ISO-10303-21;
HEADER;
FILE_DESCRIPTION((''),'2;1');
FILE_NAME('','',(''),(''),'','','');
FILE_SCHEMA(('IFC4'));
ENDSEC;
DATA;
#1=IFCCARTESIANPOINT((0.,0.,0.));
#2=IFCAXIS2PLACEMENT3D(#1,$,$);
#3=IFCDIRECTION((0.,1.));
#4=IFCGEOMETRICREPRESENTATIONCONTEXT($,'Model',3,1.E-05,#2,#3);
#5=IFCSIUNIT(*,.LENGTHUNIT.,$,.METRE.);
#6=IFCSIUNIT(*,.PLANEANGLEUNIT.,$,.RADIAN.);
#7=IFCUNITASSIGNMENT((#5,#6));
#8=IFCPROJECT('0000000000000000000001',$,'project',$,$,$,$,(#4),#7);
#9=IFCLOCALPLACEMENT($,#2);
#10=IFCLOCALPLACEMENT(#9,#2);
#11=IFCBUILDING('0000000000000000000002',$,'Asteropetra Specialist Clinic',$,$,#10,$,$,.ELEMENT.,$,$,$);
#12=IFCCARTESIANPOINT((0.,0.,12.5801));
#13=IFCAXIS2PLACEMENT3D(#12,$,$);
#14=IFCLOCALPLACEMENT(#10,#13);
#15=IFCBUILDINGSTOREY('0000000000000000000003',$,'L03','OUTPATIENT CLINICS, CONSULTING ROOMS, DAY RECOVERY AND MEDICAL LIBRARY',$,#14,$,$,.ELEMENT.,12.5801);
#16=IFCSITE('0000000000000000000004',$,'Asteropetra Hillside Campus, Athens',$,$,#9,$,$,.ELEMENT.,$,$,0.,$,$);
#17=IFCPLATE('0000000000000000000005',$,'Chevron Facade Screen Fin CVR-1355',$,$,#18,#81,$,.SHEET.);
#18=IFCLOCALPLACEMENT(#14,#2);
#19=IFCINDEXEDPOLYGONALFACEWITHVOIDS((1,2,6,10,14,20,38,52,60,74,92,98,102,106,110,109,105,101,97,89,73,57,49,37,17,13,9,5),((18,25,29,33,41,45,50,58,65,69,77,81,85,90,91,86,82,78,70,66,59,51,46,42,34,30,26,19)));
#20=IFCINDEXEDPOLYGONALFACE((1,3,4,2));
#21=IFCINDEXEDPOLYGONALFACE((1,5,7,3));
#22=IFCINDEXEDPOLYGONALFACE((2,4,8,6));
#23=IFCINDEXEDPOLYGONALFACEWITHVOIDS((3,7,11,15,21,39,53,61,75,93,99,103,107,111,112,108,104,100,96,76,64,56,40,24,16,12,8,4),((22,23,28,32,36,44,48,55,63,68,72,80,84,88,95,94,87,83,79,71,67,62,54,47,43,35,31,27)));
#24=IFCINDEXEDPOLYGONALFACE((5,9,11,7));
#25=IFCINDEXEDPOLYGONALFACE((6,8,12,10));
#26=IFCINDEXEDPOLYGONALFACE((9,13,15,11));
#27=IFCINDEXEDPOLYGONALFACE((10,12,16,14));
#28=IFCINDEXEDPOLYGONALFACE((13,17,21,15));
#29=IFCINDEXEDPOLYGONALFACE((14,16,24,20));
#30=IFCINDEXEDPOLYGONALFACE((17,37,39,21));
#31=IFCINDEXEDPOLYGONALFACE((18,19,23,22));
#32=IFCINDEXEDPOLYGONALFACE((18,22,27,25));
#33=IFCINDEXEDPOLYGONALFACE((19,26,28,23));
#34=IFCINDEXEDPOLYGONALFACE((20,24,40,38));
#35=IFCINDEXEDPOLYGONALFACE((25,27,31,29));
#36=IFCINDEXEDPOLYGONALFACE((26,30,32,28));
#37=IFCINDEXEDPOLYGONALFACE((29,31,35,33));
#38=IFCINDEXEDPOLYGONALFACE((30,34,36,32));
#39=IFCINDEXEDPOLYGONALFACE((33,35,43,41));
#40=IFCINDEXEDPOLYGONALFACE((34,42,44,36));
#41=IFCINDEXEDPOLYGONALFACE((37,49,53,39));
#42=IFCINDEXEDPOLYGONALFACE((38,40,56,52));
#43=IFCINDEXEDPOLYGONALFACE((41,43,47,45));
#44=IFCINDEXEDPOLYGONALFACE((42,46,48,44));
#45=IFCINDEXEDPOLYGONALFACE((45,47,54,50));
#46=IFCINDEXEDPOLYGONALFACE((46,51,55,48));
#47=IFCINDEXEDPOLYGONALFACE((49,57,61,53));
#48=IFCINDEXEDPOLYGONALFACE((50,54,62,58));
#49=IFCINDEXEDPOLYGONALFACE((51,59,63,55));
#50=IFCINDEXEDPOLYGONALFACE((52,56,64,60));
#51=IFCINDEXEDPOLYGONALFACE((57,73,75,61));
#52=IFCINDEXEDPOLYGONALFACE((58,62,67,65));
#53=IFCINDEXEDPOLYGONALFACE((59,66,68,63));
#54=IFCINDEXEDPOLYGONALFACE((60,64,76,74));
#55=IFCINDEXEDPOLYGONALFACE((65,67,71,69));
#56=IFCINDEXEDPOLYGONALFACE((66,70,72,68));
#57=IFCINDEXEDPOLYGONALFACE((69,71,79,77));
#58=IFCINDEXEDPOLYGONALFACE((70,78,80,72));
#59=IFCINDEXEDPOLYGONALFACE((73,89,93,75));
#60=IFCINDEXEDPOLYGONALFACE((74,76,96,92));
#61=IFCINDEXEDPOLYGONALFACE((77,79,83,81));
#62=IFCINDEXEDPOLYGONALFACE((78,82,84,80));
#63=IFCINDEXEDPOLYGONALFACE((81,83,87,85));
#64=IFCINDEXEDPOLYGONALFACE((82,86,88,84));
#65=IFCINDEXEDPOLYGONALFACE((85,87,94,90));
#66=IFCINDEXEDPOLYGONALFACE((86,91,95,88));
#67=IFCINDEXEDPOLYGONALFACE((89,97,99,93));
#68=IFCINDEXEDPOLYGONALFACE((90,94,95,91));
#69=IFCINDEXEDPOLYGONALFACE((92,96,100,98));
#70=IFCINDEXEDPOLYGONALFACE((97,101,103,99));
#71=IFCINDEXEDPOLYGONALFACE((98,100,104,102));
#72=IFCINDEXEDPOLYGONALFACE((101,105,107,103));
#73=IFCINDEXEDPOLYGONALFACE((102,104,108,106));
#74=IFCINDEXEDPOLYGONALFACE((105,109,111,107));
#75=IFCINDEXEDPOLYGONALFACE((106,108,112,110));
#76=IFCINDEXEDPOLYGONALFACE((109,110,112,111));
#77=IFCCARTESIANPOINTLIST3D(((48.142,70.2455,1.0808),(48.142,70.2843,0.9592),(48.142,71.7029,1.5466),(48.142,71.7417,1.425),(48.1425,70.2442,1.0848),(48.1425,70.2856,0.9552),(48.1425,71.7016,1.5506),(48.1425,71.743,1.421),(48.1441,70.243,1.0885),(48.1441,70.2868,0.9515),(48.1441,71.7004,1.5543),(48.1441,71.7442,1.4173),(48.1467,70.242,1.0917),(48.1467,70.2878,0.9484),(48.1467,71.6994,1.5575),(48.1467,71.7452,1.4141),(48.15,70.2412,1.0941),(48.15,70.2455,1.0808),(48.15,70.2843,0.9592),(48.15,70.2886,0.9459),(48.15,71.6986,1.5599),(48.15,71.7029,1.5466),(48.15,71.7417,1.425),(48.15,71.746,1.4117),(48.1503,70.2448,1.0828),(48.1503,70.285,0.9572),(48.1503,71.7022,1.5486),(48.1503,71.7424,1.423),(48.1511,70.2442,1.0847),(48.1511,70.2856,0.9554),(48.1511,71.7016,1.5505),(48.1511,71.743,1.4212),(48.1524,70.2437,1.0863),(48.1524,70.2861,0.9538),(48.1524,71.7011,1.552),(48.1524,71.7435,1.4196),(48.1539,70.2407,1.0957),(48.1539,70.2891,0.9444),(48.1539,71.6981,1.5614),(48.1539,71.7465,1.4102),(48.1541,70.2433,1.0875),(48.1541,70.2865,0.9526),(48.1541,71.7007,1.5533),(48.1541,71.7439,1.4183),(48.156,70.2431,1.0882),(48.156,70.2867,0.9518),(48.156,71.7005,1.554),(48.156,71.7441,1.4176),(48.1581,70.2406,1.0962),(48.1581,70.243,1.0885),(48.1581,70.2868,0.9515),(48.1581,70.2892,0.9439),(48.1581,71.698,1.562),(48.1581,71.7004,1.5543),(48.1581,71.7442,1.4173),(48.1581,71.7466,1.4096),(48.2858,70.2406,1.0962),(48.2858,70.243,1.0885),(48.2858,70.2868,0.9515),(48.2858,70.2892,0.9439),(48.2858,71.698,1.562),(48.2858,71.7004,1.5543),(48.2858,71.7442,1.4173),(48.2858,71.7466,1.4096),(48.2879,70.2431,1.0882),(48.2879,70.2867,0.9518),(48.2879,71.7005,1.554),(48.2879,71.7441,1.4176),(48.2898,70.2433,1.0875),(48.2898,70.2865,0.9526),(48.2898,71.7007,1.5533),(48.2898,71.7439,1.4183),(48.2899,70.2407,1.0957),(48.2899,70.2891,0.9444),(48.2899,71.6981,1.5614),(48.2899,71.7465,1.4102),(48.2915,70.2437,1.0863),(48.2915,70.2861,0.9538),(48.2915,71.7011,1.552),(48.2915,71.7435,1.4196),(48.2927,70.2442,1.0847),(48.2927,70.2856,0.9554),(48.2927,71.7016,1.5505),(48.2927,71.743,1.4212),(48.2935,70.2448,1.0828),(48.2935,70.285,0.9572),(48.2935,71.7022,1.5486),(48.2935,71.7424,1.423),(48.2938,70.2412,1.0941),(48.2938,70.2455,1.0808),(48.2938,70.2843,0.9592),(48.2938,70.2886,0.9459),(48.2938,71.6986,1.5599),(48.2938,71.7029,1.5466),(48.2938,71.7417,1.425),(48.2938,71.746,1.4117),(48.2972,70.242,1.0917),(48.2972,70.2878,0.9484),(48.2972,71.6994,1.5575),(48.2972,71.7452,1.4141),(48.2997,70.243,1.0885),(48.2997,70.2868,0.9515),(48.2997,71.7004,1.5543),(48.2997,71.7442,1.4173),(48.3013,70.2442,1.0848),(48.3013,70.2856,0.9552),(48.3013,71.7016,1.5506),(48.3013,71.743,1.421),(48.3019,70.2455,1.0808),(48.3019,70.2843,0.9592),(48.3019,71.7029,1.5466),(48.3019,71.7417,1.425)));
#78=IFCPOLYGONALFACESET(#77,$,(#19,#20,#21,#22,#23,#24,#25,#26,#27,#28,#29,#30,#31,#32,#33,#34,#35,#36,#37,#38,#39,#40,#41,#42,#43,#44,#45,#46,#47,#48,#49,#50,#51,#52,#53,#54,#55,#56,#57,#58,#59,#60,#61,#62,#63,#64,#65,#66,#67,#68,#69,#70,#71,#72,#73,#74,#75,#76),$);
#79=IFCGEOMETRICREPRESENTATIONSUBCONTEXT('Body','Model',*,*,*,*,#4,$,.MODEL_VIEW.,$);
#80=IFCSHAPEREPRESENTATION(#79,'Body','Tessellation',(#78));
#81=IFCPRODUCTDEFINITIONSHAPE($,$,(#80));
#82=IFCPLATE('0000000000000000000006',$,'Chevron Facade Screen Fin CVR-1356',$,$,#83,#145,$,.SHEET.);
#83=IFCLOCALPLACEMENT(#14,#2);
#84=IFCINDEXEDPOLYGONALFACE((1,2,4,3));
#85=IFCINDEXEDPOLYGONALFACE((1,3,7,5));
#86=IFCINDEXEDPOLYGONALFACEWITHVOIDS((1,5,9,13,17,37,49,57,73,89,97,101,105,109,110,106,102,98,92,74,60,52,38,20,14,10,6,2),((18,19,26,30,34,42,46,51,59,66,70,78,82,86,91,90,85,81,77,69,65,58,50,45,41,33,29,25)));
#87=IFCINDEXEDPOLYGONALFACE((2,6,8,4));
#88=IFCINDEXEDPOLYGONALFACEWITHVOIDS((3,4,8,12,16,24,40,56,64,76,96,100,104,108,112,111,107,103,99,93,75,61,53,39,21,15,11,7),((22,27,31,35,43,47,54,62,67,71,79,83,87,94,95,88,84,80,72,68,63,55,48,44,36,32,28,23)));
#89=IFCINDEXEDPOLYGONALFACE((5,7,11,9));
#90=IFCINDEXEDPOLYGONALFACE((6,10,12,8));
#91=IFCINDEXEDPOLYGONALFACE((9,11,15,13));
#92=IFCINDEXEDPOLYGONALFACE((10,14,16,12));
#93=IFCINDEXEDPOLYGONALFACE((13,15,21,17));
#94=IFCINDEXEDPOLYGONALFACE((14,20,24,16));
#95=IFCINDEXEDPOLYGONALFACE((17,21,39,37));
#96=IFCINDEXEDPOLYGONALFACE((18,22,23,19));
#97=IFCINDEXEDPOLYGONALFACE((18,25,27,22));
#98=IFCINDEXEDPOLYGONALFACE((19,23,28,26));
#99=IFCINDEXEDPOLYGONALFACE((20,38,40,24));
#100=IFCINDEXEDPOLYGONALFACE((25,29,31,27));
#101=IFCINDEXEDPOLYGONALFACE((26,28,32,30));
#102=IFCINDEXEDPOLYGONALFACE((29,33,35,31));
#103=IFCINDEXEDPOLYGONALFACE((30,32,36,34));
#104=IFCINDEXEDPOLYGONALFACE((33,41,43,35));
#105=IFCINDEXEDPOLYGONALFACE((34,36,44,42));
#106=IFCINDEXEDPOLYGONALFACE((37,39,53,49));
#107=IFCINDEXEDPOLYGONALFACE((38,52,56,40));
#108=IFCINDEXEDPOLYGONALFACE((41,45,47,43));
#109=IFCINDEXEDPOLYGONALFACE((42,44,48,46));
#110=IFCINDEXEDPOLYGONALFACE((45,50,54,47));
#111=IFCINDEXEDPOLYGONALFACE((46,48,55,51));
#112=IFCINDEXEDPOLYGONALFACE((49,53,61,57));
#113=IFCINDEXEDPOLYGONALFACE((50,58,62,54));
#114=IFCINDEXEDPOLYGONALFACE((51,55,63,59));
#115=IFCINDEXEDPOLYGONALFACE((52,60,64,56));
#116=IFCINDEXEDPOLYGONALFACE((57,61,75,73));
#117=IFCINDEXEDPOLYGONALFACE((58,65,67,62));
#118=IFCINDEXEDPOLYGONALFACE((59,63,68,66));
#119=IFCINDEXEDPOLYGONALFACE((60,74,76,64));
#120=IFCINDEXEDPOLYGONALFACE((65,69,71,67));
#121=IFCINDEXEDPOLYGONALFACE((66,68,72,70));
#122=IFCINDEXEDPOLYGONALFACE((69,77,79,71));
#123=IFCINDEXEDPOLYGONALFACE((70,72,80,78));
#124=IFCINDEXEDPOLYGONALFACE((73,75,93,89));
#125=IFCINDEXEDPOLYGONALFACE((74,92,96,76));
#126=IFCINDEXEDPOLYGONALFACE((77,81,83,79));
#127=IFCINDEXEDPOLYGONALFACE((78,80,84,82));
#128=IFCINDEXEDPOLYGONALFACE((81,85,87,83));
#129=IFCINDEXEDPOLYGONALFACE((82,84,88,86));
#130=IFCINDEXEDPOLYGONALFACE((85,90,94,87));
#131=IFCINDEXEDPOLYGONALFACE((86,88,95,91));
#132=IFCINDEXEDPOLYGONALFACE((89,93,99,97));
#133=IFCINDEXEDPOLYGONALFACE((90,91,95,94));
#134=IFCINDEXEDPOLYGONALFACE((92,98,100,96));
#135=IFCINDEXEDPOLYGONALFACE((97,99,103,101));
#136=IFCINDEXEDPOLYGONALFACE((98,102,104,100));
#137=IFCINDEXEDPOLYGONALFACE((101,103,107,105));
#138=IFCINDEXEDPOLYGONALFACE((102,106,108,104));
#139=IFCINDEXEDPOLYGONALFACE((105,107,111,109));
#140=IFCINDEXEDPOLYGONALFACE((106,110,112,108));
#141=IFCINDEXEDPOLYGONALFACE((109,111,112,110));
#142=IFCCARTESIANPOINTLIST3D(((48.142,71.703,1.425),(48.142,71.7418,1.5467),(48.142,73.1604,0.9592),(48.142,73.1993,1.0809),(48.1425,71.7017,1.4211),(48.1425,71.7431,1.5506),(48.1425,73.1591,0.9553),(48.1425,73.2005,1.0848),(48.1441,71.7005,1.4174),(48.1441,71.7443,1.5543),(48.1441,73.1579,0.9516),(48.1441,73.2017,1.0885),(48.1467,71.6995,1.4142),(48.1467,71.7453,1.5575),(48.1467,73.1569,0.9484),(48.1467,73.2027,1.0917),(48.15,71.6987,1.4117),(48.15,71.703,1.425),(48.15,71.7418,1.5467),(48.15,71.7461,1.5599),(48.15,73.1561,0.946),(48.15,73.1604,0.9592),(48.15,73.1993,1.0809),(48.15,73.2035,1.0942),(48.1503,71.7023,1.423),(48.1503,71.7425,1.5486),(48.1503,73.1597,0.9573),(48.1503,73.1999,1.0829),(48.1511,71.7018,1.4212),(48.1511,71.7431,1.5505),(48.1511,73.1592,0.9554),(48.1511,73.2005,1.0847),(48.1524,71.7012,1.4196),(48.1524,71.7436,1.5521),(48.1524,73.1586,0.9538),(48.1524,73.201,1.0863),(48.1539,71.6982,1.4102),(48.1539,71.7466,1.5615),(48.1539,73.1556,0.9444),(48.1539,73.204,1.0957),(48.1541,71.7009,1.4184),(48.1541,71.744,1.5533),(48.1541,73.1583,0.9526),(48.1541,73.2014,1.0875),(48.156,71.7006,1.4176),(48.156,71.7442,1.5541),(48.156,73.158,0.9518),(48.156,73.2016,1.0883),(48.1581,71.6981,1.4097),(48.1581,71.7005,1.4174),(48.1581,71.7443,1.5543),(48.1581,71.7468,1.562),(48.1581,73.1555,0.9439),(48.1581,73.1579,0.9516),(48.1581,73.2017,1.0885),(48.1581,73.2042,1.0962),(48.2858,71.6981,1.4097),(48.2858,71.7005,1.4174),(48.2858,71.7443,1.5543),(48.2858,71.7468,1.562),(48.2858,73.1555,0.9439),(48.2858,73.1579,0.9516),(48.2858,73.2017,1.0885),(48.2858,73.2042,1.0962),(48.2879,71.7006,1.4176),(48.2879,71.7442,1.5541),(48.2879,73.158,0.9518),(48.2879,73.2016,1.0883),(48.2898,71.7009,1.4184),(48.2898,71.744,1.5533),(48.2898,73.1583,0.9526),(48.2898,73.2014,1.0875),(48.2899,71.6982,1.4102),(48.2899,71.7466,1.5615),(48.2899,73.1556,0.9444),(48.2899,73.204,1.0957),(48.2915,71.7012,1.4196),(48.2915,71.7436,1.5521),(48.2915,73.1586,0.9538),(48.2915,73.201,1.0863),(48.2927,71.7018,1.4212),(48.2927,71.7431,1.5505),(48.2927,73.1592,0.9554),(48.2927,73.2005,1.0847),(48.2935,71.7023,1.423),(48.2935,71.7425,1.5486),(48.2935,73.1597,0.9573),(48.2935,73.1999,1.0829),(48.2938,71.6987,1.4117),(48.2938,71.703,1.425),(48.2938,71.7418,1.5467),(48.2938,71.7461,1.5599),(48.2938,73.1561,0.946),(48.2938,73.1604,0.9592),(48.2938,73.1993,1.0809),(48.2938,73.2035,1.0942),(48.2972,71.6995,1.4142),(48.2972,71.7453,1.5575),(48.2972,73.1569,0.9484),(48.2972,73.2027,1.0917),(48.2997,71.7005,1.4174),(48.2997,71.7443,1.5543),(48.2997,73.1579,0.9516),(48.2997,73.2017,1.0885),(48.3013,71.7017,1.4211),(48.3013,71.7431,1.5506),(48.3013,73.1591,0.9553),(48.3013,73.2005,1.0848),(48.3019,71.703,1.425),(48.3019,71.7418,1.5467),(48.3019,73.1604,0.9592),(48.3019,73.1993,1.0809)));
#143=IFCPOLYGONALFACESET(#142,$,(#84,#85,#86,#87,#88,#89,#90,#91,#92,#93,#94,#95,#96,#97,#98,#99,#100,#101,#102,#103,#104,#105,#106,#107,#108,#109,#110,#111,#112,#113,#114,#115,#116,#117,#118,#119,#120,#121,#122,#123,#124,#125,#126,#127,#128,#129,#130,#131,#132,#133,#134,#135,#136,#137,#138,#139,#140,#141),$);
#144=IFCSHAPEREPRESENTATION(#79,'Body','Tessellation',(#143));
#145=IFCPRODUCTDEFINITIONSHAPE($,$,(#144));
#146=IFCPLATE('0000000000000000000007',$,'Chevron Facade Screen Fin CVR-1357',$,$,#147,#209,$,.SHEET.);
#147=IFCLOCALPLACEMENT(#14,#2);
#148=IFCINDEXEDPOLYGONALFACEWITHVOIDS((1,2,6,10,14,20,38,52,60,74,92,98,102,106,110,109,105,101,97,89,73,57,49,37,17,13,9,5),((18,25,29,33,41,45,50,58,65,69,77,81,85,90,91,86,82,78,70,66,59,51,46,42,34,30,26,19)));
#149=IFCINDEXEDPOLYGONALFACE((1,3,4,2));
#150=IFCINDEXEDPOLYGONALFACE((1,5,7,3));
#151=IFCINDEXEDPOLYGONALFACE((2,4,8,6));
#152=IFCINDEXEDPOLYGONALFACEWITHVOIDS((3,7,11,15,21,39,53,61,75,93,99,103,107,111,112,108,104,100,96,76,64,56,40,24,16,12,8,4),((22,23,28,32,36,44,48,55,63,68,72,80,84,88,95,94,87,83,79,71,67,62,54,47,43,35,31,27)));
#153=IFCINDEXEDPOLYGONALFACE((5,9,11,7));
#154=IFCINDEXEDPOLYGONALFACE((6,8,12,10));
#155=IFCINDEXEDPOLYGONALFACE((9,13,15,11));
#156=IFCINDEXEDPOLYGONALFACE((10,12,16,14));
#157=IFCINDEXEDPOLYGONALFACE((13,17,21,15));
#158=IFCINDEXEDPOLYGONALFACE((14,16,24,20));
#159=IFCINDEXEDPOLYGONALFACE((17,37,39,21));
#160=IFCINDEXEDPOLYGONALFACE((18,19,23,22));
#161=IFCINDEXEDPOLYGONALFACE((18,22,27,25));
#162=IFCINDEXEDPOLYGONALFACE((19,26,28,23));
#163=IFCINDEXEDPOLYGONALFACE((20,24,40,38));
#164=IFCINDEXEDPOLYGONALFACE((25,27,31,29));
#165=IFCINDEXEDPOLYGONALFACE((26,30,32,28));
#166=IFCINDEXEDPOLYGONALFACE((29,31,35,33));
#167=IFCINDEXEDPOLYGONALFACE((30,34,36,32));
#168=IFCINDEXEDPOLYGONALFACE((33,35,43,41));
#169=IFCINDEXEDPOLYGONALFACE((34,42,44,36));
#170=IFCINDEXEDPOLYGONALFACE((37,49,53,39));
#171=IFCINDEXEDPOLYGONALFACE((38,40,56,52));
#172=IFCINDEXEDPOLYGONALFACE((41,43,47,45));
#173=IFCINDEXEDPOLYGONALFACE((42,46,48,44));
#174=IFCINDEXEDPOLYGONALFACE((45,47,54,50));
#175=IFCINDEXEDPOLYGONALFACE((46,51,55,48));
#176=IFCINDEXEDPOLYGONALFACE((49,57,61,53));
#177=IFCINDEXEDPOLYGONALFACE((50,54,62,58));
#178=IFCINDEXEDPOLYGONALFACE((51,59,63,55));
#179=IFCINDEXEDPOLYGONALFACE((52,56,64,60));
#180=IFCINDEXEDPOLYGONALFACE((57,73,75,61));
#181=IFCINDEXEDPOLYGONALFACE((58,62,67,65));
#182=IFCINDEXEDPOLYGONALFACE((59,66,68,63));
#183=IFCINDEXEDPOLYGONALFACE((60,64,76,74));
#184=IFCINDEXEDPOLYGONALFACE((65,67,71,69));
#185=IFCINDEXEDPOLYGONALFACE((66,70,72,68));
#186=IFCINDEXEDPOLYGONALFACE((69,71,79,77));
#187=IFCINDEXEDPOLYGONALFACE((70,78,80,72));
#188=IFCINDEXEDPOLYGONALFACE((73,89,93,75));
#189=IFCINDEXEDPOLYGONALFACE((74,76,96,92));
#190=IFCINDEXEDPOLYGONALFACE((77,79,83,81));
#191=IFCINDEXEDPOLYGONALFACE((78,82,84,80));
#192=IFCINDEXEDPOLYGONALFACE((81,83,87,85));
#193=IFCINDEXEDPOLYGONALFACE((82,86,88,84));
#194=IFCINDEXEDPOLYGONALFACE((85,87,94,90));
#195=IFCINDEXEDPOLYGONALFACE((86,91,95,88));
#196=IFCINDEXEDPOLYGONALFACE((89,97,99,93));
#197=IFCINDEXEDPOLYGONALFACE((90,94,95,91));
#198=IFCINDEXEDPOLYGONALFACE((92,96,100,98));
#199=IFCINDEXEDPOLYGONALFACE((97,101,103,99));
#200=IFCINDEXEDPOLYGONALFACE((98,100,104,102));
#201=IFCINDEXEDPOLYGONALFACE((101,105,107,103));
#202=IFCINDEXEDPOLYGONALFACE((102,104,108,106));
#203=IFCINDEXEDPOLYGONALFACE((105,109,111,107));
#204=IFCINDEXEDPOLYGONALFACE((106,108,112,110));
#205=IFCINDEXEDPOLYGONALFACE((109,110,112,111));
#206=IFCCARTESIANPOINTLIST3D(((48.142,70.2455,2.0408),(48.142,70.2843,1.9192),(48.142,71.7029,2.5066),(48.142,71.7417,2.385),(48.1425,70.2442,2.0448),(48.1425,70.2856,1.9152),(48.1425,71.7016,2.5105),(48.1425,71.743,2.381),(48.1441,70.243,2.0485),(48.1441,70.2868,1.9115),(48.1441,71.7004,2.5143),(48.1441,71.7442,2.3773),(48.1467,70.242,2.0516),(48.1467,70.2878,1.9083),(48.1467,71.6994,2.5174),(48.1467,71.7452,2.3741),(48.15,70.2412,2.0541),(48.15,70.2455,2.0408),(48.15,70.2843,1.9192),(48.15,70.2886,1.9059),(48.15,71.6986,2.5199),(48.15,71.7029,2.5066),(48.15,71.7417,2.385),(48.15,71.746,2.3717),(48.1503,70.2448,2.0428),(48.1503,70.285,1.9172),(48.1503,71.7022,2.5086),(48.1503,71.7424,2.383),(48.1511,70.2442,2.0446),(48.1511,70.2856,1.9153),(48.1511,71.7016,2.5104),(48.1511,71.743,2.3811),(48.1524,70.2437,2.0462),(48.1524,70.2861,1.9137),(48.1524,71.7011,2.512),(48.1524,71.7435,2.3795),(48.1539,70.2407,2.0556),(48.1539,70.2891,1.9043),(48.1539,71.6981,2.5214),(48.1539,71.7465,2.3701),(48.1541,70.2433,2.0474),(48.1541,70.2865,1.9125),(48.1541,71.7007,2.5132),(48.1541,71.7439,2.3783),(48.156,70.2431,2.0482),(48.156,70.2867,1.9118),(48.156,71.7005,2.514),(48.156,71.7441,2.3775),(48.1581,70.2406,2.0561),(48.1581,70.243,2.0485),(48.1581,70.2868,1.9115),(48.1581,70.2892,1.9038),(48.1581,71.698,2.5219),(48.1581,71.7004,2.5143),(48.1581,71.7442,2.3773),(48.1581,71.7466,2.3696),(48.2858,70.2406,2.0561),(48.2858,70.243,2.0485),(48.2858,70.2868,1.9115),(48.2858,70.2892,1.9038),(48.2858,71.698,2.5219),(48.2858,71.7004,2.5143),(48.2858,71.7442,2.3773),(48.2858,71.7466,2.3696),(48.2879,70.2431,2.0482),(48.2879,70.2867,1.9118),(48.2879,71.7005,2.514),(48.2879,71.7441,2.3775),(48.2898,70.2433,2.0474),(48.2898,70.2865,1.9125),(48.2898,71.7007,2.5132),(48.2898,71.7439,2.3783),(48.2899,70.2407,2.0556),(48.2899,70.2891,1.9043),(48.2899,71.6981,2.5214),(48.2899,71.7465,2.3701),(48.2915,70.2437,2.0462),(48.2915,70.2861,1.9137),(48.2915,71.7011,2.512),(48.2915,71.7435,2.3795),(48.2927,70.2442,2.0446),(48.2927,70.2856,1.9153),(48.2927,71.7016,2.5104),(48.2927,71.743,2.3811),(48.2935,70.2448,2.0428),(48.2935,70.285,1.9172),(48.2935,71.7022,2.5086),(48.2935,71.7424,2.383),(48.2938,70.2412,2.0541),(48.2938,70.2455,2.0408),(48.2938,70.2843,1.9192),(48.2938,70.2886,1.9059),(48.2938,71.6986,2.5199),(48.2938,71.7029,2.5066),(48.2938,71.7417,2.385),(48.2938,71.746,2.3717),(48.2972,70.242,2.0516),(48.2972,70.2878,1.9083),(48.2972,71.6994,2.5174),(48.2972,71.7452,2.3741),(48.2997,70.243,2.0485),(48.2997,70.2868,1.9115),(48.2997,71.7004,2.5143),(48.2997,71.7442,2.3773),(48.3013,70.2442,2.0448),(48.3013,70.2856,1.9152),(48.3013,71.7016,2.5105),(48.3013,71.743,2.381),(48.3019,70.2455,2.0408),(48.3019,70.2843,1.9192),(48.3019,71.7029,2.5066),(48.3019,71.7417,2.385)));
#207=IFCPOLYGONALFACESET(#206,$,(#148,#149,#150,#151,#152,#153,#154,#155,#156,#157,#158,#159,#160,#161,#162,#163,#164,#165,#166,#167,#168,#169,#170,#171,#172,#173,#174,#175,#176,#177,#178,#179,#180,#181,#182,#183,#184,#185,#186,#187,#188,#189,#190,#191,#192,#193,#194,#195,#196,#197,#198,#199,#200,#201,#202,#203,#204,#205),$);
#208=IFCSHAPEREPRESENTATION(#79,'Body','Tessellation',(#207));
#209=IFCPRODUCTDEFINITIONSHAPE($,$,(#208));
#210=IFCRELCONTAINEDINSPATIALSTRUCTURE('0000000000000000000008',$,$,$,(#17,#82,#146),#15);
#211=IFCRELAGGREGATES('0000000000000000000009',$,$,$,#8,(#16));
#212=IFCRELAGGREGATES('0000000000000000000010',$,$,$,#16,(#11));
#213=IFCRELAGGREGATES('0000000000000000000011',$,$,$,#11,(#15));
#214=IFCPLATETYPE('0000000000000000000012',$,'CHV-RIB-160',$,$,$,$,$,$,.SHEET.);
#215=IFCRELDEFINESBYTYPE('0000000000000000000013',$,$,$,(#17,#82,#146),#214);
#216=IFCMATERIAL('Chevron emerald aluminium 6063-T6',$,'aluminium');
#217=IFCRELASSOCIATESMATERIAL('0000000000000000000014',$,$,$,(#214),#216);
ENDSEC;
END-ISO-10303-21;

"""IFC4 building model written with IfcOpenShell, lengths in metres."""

from ifc_helpers import new_model, si_unit, direction, frame, origin, origin_2d, place, context, subcontext, project, spatial, hollow_rectangle, extrude, material, material_profile, profile_set, type_object, element, save


model = new_model("IFC4")

# Units and contexts
model_context = context("Model", 3, precision=1e-05, world=origin(), true_north=direction((0.0, 1.0)))
body_context = subcontext(model_context, "Body", "Model", "MODEL_VIEW")
ifc_project = project(units=[si_unit("LENGTHUNIT", "METRE"), si_unit("PLANEANGLEUNIT", "RADIAN")], contexts=[model_context])

# Site, building, storey
site_placement = place(None, origin())
site = spatial("IfcSite", under=ifc_project, at=site_placement, Name="Asteropetra Hillside Campus, Athens", CompositionType="ELEMENT", RefElevation=0.0)
building_placement = place(site_placement, origin())
building = spatial("IfcBuilding", under=site, at=building_placement, Name="Asteropetra Specialist Clinic", CompositionType="ELEMENT")
storey_placement = place(building_placement, frame((0.0, 0.0, 12.5801)))
storey = spatial("IfcBuildingStorey", under=building, at=storey_placement, Name="L03", Description="OUTPATIENT CLINICS, CONSULTING ROOMS, DAY RECOVERY AND MEDICAL LIBRARY", CompositionType="ELEMENT", Elevation=12.5801)

# Plates
ifc_material_1 = material(Name="Chevron emerald aluminium 6063-T6", Category="aluminium")
ifc_material_profile = material_profile(ifc_material_1, hollow_rectangle(XDim=0.1599, YDim=0.1599, WallThickness=0.0081, InnerFilletRadius=0.0081, OuterFilletRadius=0.0161, at=origin_2d()), Name="SHS 160x160x8.0")
ifc_profile_set = profile_set([ifc_material_profile], Name="Chevron emerald aluminium 6063-T6")
plate_type_1 = type_object("IfcPlateType", Name="CHV-RIB-160", PredefinedType="SHEET", material=ifc_profile_set)
for number, where, z_axis, x_axis, name in (
    (1, (48.2219, 70.2649, 1.02), (0.0, 0.952535, 0.304428), (-1.0, 0.0, 0.0), "Chevron Facade Screen Fin CVR-1355"),
    (2, (48.2219, 71.7224, 1.4858), (0.0, 0.952535, -0.304428), (-1.0, 0.0, 0.0), "Chevron Facade Screen Fin CVR-1356"),
    (3, (48.2219, 70.2649, 1.98), (0.0, 0.952535, 0.304428), (-1.0, 0.0, 0.0), "Chevron Facade Screen Fin CVR-1357"),
):
    element("IfcPlate", number, at=place(storey_placement, frame(where, z_axis=z_axis, x_axis=x_axis)), inside=storey, type_object=plate_type_1, Name=name, PredefinedType="SHEET", context=body_context, shape_type="SweptSolid", body=[
        extrude(hollow_rectangle(XDim=0.1599, YDim=0.1599, WallThickness=0.0081, InnerFilletRadius=0.0081, OuterFilletRadius=0.0161, at=origin_2d()), origin(), (0.0, 0.0, 1.0), 1.53),
    ])

save(model, "model.ifc")
